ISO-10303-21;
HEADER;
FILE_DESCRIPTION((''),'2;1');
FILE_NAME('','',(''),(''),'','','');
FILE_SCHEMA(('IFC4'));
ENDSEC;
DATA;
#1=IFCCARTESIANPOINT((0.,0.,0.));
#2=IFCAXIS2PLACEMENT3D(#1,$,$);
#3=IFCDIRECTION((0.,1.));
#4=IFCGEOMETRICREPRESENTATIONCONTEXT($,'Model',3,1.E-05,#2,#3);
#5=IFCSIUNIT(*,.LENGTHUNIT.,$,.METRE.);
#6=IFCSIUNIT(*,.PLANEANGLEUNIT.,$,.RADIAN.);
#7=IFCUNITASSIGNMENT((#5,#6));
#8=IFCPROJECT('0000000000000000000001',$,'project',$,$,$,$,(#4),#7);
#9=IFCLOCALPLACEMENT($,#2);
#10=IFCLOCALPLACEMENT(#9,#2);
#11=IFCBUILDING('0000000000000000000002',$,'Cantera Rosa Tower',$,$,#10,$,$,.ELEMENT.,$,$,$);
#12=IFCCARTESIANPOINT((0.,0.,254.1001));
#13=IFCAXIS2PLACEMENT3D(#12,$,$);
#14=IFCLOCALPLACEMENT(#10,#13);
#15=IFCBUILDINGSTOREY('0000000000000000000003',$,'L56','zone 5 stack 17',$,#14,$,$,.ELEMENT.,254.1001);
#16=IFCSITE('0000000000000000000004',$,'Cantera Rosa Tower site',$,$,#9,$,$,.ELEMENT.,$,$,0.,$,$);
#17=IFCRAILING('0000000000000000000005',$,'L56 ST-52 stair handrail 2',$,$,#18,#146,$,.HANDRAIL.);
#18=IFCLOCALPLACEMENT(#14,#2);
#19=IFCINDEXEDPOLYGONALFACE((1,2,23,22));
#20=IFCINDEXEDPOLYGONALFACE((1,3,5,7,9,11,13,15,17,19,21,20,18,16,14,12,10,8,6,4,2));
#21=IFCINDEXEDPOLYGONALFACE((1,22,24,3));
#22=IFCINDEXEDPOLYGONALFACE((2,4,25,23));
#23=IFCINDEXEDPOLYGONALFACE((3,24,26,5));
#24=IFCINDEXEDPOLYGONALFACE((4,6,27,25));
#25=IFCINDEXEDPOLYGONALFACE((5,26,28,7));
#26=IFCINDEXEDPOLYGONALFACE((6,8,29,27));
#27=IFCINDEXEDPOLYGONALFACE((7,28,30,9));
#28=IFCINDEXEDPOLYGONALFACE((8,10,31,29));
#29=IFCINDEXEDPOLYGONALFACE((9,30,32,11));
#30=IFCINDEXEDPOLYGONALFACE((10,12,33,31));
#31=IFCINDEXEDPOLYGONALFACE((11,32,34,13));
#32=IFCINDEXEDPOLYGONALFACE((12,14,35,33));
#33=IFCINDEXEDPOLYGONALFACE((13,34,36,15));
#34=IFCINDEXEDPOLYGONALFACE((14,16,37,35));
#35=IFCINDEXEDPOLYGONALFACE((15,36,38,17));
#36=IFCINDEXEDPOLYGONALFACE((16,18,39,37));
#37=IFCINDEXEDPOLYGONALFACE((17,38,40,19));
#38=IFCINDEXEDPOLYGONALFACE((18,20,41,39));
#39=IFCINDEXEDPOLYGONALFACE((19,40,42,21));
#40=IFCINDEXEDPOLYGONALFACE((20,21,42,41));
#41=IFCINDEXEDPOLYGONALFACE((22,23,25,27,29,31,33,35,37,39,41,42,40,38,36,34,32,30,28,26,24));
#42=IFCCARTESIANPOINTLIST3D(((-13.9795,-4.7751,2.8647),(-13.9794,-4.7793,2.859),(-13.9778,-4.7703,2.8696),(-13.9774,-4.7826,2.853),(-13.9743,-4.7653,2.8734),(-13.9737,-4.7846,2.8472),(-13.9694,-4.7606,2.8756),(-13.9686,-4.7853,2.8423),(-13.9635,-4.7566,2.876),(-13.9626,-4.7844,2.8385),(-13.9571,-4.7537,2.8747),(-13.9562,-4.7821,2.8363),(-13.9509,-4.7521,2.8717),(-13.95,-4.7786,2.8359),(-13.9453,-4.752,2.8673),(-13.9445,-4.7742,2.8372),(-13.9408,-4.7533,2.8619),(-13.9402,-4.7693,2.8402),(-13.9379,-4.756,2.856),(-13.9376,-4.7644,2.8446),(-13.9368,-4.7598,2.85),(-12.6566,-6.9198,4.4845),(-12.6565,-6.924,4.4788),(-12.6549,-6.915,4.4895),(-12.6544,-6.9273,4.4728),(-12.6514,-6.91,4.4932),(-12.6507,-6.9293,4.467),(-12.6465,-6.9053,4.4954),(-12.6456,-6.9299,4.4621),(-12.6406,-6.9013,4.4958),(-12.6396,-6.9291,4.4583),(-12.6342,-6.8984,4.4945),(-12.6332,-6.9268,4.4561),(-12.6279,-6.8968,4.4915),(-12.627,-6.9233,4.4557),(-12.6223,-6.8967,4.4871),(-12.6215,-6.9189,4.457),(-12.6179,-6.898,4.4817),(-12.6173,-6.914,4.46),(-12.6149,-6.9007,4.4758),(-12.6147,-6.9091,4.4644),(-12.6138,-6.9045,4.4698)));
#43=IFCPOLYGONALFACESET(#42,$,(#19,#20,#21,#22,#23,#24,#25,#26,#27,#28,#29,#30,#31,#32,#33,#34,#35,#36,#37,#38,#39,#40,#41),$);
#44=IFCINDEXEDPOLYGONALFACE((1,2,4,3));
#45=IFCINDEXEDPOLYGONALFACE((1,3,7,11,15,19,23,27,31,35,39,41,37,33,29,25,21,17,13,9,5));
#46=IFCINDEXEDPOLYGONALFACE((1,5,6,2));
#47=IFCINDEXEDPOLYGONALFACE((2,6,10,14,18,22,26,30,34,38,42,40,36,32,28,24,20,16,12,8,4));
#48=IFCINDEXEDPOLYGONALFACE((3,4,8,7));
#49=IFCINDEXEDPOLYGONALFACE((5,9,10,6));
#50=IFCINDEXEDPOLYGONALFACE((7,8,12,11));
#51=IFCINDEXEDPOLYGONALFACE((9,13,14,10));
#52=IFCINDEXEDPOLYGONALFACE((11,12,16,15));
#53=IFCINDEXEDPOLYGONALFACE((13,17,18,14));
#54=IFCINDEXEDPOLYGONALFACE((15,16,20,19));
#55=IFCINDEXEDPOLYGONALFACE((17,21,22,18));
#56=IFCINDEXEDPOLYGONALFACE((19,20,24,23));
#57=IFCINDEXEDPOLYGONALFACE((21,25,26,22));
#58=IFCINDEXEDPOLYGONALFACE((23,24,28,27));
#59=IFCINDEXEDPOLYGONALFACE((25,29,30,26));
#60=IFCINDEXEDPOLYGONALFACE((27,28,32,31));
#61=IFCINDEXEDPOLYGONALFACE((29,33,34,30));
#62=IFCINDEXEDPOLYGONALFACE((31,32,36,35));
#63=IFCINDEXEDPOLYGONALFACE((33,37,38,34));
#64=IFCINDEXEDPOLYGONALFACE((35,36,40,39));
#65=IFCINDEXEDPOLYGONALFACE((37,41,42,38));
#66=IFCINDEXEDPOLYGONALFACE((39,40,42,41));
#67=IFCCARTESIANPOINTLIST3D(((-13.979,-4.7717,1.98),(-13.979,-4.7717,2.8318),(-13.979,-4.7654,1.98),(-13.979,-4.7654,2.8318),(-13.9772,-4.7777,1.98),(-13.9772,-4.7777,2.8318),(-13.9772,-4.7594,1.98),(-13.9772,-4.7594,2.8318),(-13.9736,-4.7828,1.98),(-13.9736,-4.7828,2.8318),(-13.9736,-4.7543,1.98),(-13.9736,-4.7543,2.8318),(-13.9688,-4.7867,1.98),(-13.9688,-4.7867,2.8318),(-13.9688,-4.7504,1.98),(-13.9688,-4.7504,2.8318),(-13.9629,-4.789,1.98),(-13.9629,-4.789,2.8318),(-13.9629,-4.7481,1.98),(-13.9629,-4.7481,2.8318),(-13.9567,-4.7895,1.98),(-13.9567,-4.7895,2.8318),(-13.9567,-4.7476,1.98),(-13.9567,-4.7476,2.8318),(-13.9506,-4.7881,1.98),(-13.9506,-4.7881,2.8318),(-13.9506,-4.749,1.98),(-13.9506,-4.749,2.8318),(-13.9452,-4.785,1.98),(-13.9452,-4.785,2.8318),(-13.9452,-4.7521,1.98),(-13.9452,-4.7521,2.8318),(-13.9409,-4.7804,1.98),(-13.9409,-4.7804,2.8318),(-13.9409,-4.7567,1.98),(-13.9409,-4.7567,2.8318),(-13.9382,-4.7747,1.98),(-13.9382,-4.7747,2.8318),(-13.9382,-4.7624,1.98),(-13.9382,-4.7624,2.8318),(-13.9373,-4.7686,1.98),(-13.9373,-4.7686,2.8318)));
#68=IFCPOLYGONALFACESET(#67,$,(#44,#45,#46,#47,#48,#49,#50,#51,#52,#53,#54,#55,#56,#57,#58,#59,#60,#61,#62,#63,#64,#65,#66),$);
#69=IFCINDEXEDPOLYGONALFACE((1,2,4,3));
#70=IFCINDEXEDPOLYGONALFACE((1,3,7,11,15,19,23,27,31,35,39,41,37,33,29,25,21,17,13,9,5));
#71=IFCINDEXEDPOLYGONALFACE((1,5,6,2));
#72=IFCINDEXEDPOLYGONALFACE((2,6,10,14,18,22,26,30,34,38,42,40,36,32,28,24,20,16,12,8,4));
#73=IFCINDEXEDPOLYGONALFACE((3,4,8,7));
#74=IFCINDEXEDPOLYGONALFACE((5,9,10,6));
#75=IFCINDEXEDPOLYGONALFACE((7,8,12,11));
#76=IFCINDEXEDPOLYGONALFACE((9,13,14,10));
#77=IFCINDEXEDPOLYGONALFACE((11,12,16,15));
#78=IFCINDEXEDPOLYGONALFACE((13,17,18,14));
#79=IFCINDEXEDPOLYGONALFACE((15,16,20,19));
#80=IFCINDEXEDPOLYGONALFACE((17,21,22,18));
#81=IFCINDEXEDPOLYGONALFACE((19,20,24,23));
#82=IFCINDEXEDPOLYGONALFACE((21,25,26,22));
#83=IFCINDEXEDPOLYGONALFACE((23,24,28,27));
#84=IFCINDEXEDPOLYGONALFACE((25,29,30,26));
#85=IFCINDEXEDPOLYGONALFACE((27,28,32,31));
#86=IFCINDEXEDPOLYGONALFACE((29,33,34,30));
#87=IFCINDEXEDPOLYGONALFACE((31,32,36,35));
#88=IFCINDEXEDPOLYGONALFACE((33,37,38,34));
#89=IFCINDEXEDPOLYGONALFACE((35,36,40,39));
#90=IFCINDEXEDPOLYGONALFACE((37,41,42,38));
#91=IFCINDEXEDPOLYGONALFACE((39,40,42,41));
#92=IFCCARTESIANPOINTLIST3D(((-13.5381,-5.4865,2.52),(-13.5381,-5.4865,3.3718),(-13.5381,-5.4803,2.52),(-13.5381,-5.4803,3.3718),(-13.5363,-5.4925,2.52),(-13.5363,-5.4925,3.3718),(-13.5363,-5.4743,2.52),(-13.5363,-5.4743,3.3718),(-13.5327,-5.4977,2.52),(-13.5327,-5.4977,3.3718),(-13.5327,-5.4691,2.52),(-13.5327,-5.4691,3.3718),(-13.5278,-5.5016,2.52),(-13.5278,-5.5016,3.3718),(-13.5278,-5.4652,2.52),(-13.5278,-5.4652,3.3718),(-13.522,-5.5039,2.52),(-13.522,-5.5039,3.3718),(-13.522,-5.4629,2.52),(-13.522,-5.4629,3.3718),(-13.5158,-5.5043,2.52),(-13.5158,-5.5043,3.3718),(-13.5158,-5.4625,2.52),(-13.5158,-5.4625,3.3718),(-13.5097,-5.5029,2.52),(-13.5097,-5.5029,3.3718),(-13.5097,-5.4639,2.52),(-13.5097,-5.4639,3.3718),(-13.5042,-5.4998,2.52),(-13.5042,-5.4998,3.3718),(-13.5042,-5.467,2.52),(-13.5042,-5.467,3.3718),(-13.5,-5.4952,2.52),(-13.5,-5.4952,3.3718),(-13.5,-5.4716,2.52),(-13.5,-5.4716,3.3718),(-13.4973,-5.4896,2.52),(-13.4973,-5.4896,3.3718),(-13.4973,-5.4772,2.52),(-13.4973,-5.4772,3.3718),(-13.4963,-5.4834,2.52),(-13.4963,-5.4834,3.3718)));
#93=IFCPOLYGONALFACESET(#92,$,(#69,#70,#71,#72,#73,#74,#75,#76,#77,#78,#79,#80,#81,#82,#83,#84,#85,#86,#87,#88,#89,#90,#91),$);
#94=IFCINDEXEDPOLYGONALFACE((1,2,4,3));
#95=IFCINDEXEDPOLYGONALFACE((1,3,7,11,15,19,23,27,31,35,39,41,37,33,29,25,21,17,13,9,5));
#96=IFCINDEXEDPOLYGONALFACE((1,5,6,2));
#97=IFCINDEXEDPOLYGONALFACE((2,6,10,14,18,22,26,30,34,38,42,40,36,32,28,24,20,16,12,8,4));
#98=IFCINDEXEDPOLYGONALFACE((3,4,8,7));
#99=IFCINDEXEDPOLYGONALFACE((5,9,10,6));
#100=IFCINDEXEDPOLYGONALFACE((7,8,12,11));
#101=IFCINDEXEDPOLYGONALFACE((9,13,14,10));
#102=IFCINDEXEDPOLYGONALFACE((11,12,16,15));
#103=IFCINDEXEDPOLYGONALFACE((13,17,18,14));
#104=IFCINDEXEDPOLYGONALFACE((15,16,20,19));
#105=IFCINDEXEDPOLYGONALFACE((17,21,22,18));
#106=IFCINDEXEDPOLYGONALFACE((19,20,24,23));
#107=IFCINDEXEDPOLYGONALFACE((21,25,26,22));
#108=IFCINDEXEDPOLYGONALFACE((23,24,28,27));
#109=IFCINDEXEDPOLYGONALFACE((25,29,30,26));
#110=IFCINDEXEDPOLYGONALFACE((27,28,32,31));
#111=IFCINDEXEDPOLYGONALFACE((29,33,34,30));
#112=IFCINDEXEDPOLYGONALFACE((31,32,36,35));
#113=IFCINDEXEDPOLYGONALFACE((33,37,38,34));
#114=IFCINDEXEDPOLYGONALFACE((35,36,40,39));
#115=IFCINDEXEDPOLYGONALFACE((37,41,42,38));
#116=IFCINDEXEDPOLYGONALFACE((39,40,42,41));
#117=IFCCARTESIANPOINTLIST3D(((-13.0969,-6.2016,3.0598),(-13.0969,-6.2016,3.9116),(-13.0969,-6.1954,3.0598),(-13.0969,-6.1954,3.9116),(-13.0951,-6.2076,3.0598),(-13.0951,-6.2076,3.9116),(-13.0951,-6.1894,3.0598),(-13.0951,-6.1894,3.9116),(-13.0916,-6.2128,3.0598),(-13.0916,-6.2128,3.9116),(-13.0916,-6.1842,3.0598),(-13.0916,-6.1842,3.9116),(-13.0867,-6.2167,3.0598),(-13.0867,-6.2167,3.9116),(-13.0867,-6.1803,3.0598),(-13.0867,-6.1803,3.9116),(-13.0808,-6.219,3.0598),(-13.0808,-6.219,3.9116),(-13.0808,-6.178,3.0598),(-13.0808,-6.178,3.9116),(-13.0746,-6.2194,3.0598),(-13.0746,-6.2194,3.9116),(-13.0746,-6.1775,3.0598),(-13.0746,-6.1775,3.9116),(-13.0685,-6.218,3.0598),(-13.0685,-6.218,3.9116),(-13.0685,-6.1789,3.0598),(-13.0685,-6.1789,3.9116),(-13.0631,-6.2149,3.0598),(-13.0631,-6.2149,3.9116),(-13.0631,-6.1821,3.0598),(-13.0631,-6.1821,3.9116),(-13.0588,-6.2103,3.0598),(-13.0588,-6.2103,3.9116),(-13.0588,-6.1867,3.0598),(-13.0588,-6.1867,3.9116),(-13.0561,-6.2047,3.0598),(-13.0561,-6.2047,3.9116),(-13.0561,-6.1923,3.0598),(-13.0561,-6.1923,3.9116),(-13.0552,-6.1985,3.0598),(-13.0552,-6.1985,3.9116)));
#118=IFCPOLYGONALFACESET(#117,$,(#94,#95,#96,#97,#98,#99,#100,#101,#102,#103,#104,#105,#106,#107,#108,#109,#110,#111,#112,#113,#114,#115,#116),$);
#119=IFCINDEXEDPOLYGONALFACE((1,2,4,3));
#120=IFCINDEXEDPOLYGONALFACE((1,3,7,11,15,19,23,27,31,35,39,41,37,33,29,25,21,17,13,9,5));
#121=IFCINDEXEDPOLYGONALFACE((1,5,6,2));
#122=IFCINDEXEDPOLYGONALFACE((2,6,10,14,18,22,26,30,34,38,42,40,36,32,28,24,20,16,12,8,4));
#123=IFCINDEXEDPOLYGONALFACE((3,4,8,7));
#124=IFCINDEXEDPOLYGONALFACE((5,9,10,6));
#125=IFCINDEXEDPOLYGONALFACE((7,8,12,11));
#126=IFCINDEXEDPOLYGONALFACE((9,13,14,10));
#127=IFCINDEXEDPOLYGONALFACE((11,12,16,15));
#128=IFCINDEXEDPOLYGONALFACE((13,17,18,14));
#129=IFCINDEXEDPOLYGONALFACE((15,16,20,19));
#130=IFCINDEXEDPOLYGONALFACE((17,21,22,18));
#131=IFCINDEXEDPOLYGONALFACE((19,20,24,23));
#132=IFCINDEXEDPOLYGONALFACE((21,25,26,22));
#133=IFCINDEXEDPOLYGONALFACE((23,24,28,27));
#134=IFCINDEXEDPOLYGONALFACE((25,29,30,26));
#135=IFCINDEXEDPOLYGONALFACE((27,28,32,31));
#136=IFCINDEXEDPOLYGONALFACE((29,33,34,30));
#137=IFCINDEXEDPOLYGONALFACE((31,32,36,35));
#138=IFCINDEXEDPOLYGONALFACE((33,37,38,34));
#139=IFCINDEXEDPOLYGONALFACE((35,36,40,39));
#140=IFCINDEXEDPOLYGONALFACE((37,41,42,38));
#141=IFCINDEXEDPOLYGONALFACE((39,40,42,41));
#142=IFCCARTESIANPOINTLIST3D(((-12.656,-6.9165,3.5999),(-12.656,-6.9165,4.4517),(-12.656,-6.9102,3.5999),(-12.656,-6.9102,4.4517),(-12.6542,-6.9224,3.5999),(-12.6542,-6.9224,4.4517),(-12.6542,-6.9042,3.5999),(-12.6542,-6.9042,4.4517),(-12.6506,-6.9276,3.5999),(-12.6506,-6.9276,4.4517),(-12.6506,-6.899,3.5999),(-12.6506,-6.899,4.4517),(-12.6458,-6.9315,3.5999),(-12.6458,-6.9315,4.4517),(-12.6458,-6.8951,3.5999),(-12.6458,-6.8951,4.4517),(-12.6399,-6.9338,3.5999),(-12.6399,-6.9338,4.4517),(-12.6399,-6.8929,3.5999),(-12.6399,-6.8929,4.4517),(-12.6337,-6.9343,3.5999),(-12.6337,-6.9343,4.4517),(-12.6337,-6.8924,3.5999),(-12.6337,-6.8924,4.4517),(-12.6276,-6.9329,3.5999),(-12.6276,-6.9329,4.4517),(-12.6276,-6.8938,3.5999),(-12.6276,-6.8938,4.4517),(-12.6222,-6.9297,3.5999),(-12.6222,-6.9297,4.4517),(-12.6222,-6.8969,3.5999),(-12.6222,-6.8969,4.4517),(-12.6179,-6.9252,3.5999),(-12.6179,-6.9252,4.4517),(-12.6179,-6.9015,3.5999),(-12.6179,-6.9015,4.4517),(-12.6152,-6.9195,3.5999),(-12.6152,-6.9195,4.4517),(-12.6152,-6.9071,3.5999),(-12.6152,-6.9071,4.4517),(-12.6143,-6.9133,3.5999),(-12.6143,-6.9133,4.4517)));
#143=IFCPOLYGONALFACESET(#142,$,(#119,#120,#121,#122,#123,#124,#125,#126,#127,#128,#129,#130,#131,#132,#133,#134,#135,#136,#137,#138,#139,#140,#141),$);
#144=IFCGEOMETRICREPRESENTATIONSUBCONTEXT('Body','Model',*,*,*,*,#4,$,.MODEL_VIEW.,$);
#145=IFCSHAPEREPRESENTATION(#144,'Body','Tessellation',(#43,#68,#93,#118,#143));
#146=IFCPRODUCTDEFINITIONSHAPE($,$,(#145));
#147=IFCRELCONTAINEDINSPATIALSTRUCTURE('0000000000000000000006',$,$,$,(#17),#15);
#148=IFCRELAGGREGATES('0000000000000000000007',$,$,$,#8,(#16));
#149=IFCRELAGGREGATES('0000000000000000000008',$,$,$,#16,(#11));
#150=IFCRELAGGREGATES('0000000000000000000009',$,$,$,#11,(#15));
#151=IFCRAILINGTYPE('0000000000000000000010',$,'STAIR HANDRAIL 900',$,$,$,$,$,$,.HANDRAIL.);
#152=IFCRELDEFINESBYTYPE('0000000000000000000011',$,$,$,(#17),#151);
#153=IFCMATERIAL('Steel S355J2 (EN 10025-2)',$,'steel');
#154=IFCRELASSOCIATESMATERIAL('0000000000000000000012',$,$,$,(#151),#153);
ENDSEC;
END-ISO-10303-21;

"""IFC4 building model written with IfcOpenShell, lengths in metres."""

from ifc_helpers import new_model, si_unit, direction, frame, origin, origin_2d, place, context, subcontext, project, spatial, circle, extrude, material, type_object, element, save


model = new_model("IFC4")

# Units and contexts
model_context = context("Model", 3, precision=1e-05, world=origin(), true_north=direction((0.0, 1.0)))
body_context = subcontext(model_context, "Body", "Model", "MODEL_VIEW")
ifc_project = project(units=[si_unit("LENGTHUNIT", "METRE"), si_unit("PLANEANGLEUNIT", "RADIAN")], contexts=[model_context])

# Site, building, storey
site_placement = place(None, origin())
site = spatial("IfcSite", under=ifc_project, at=site_placement, Name="Cantera Rosa Tower site", CompositionType="ELEMENT", RefElevation=0.0)
building_placement = place(site_placement, origin())
building = spatial("IfcBuilding", under=site, at=building_placement, Name="Cantera Rosa Tower", CompositionType="ELEMENT")
storey_placement = place(building_placement, frame((0.0, 0.0, 254.1001)))
storey = spatial("IfcBuildingStorey", under=building, at=storey_placement, Name="L56", Description="zone 5 stack 17", CompositionType="ELEMENT", Elevation=254.1001)

# Railing
ifc_material_1 = material(Name="Steel S355J2 (EN 10025-2)", Category="steel")
railing_type_1 = type_object("IfcRailingType", Name="STAIR HANDRAIL 900", PredefinedType="HANDRAIL", material=ifc_material_1)
railing_1_placement = place(storey_placement, frame((-13.9583, -4.7686, 1.98)))
element("IfcRailing", 1, at=railing_1_placement, inside=storey, type_object=railing_type_1, Name="L56 ST-52 stair handrail 2", PredefinedType="HANDRAIL", context=body_context, shape_type="SweptSolid", body=[
    extrude(circle(Radius=0.0239, at=origin_2d()), frame((0.0, 0.0, 0.876), z_axis=(0.441629, -0.715945, 0.540728), x_axis=(0.851102, 0.525, 0.0)), (0.0, 0.0, 1.0), 2.9956),
    extrude(circle(Radius=0.021, at=origin_2d()), origin(), (0.0, 0.0, 1.0), 0.8518),
    extrude(circle(Radius=0.021, at=origin_2d()), frame((0.4409, -0.7148, 0.54)), (0.0, 0.0, 1.0), 0.8518),
    extrude(circle(Radius=0.021, at=origin_2d()), frame((0.8821, -1.4299, 1.0798)), (0.0, 0.0, 1.0), 0.8518),
    extrude(circle(Radius=0.021, at=origin_2d()), frame((1.323, -2.1448, 1.6199)), (0.0, 0.0, 1.0), 0.8518),
])

save(model, "model.ifc")
